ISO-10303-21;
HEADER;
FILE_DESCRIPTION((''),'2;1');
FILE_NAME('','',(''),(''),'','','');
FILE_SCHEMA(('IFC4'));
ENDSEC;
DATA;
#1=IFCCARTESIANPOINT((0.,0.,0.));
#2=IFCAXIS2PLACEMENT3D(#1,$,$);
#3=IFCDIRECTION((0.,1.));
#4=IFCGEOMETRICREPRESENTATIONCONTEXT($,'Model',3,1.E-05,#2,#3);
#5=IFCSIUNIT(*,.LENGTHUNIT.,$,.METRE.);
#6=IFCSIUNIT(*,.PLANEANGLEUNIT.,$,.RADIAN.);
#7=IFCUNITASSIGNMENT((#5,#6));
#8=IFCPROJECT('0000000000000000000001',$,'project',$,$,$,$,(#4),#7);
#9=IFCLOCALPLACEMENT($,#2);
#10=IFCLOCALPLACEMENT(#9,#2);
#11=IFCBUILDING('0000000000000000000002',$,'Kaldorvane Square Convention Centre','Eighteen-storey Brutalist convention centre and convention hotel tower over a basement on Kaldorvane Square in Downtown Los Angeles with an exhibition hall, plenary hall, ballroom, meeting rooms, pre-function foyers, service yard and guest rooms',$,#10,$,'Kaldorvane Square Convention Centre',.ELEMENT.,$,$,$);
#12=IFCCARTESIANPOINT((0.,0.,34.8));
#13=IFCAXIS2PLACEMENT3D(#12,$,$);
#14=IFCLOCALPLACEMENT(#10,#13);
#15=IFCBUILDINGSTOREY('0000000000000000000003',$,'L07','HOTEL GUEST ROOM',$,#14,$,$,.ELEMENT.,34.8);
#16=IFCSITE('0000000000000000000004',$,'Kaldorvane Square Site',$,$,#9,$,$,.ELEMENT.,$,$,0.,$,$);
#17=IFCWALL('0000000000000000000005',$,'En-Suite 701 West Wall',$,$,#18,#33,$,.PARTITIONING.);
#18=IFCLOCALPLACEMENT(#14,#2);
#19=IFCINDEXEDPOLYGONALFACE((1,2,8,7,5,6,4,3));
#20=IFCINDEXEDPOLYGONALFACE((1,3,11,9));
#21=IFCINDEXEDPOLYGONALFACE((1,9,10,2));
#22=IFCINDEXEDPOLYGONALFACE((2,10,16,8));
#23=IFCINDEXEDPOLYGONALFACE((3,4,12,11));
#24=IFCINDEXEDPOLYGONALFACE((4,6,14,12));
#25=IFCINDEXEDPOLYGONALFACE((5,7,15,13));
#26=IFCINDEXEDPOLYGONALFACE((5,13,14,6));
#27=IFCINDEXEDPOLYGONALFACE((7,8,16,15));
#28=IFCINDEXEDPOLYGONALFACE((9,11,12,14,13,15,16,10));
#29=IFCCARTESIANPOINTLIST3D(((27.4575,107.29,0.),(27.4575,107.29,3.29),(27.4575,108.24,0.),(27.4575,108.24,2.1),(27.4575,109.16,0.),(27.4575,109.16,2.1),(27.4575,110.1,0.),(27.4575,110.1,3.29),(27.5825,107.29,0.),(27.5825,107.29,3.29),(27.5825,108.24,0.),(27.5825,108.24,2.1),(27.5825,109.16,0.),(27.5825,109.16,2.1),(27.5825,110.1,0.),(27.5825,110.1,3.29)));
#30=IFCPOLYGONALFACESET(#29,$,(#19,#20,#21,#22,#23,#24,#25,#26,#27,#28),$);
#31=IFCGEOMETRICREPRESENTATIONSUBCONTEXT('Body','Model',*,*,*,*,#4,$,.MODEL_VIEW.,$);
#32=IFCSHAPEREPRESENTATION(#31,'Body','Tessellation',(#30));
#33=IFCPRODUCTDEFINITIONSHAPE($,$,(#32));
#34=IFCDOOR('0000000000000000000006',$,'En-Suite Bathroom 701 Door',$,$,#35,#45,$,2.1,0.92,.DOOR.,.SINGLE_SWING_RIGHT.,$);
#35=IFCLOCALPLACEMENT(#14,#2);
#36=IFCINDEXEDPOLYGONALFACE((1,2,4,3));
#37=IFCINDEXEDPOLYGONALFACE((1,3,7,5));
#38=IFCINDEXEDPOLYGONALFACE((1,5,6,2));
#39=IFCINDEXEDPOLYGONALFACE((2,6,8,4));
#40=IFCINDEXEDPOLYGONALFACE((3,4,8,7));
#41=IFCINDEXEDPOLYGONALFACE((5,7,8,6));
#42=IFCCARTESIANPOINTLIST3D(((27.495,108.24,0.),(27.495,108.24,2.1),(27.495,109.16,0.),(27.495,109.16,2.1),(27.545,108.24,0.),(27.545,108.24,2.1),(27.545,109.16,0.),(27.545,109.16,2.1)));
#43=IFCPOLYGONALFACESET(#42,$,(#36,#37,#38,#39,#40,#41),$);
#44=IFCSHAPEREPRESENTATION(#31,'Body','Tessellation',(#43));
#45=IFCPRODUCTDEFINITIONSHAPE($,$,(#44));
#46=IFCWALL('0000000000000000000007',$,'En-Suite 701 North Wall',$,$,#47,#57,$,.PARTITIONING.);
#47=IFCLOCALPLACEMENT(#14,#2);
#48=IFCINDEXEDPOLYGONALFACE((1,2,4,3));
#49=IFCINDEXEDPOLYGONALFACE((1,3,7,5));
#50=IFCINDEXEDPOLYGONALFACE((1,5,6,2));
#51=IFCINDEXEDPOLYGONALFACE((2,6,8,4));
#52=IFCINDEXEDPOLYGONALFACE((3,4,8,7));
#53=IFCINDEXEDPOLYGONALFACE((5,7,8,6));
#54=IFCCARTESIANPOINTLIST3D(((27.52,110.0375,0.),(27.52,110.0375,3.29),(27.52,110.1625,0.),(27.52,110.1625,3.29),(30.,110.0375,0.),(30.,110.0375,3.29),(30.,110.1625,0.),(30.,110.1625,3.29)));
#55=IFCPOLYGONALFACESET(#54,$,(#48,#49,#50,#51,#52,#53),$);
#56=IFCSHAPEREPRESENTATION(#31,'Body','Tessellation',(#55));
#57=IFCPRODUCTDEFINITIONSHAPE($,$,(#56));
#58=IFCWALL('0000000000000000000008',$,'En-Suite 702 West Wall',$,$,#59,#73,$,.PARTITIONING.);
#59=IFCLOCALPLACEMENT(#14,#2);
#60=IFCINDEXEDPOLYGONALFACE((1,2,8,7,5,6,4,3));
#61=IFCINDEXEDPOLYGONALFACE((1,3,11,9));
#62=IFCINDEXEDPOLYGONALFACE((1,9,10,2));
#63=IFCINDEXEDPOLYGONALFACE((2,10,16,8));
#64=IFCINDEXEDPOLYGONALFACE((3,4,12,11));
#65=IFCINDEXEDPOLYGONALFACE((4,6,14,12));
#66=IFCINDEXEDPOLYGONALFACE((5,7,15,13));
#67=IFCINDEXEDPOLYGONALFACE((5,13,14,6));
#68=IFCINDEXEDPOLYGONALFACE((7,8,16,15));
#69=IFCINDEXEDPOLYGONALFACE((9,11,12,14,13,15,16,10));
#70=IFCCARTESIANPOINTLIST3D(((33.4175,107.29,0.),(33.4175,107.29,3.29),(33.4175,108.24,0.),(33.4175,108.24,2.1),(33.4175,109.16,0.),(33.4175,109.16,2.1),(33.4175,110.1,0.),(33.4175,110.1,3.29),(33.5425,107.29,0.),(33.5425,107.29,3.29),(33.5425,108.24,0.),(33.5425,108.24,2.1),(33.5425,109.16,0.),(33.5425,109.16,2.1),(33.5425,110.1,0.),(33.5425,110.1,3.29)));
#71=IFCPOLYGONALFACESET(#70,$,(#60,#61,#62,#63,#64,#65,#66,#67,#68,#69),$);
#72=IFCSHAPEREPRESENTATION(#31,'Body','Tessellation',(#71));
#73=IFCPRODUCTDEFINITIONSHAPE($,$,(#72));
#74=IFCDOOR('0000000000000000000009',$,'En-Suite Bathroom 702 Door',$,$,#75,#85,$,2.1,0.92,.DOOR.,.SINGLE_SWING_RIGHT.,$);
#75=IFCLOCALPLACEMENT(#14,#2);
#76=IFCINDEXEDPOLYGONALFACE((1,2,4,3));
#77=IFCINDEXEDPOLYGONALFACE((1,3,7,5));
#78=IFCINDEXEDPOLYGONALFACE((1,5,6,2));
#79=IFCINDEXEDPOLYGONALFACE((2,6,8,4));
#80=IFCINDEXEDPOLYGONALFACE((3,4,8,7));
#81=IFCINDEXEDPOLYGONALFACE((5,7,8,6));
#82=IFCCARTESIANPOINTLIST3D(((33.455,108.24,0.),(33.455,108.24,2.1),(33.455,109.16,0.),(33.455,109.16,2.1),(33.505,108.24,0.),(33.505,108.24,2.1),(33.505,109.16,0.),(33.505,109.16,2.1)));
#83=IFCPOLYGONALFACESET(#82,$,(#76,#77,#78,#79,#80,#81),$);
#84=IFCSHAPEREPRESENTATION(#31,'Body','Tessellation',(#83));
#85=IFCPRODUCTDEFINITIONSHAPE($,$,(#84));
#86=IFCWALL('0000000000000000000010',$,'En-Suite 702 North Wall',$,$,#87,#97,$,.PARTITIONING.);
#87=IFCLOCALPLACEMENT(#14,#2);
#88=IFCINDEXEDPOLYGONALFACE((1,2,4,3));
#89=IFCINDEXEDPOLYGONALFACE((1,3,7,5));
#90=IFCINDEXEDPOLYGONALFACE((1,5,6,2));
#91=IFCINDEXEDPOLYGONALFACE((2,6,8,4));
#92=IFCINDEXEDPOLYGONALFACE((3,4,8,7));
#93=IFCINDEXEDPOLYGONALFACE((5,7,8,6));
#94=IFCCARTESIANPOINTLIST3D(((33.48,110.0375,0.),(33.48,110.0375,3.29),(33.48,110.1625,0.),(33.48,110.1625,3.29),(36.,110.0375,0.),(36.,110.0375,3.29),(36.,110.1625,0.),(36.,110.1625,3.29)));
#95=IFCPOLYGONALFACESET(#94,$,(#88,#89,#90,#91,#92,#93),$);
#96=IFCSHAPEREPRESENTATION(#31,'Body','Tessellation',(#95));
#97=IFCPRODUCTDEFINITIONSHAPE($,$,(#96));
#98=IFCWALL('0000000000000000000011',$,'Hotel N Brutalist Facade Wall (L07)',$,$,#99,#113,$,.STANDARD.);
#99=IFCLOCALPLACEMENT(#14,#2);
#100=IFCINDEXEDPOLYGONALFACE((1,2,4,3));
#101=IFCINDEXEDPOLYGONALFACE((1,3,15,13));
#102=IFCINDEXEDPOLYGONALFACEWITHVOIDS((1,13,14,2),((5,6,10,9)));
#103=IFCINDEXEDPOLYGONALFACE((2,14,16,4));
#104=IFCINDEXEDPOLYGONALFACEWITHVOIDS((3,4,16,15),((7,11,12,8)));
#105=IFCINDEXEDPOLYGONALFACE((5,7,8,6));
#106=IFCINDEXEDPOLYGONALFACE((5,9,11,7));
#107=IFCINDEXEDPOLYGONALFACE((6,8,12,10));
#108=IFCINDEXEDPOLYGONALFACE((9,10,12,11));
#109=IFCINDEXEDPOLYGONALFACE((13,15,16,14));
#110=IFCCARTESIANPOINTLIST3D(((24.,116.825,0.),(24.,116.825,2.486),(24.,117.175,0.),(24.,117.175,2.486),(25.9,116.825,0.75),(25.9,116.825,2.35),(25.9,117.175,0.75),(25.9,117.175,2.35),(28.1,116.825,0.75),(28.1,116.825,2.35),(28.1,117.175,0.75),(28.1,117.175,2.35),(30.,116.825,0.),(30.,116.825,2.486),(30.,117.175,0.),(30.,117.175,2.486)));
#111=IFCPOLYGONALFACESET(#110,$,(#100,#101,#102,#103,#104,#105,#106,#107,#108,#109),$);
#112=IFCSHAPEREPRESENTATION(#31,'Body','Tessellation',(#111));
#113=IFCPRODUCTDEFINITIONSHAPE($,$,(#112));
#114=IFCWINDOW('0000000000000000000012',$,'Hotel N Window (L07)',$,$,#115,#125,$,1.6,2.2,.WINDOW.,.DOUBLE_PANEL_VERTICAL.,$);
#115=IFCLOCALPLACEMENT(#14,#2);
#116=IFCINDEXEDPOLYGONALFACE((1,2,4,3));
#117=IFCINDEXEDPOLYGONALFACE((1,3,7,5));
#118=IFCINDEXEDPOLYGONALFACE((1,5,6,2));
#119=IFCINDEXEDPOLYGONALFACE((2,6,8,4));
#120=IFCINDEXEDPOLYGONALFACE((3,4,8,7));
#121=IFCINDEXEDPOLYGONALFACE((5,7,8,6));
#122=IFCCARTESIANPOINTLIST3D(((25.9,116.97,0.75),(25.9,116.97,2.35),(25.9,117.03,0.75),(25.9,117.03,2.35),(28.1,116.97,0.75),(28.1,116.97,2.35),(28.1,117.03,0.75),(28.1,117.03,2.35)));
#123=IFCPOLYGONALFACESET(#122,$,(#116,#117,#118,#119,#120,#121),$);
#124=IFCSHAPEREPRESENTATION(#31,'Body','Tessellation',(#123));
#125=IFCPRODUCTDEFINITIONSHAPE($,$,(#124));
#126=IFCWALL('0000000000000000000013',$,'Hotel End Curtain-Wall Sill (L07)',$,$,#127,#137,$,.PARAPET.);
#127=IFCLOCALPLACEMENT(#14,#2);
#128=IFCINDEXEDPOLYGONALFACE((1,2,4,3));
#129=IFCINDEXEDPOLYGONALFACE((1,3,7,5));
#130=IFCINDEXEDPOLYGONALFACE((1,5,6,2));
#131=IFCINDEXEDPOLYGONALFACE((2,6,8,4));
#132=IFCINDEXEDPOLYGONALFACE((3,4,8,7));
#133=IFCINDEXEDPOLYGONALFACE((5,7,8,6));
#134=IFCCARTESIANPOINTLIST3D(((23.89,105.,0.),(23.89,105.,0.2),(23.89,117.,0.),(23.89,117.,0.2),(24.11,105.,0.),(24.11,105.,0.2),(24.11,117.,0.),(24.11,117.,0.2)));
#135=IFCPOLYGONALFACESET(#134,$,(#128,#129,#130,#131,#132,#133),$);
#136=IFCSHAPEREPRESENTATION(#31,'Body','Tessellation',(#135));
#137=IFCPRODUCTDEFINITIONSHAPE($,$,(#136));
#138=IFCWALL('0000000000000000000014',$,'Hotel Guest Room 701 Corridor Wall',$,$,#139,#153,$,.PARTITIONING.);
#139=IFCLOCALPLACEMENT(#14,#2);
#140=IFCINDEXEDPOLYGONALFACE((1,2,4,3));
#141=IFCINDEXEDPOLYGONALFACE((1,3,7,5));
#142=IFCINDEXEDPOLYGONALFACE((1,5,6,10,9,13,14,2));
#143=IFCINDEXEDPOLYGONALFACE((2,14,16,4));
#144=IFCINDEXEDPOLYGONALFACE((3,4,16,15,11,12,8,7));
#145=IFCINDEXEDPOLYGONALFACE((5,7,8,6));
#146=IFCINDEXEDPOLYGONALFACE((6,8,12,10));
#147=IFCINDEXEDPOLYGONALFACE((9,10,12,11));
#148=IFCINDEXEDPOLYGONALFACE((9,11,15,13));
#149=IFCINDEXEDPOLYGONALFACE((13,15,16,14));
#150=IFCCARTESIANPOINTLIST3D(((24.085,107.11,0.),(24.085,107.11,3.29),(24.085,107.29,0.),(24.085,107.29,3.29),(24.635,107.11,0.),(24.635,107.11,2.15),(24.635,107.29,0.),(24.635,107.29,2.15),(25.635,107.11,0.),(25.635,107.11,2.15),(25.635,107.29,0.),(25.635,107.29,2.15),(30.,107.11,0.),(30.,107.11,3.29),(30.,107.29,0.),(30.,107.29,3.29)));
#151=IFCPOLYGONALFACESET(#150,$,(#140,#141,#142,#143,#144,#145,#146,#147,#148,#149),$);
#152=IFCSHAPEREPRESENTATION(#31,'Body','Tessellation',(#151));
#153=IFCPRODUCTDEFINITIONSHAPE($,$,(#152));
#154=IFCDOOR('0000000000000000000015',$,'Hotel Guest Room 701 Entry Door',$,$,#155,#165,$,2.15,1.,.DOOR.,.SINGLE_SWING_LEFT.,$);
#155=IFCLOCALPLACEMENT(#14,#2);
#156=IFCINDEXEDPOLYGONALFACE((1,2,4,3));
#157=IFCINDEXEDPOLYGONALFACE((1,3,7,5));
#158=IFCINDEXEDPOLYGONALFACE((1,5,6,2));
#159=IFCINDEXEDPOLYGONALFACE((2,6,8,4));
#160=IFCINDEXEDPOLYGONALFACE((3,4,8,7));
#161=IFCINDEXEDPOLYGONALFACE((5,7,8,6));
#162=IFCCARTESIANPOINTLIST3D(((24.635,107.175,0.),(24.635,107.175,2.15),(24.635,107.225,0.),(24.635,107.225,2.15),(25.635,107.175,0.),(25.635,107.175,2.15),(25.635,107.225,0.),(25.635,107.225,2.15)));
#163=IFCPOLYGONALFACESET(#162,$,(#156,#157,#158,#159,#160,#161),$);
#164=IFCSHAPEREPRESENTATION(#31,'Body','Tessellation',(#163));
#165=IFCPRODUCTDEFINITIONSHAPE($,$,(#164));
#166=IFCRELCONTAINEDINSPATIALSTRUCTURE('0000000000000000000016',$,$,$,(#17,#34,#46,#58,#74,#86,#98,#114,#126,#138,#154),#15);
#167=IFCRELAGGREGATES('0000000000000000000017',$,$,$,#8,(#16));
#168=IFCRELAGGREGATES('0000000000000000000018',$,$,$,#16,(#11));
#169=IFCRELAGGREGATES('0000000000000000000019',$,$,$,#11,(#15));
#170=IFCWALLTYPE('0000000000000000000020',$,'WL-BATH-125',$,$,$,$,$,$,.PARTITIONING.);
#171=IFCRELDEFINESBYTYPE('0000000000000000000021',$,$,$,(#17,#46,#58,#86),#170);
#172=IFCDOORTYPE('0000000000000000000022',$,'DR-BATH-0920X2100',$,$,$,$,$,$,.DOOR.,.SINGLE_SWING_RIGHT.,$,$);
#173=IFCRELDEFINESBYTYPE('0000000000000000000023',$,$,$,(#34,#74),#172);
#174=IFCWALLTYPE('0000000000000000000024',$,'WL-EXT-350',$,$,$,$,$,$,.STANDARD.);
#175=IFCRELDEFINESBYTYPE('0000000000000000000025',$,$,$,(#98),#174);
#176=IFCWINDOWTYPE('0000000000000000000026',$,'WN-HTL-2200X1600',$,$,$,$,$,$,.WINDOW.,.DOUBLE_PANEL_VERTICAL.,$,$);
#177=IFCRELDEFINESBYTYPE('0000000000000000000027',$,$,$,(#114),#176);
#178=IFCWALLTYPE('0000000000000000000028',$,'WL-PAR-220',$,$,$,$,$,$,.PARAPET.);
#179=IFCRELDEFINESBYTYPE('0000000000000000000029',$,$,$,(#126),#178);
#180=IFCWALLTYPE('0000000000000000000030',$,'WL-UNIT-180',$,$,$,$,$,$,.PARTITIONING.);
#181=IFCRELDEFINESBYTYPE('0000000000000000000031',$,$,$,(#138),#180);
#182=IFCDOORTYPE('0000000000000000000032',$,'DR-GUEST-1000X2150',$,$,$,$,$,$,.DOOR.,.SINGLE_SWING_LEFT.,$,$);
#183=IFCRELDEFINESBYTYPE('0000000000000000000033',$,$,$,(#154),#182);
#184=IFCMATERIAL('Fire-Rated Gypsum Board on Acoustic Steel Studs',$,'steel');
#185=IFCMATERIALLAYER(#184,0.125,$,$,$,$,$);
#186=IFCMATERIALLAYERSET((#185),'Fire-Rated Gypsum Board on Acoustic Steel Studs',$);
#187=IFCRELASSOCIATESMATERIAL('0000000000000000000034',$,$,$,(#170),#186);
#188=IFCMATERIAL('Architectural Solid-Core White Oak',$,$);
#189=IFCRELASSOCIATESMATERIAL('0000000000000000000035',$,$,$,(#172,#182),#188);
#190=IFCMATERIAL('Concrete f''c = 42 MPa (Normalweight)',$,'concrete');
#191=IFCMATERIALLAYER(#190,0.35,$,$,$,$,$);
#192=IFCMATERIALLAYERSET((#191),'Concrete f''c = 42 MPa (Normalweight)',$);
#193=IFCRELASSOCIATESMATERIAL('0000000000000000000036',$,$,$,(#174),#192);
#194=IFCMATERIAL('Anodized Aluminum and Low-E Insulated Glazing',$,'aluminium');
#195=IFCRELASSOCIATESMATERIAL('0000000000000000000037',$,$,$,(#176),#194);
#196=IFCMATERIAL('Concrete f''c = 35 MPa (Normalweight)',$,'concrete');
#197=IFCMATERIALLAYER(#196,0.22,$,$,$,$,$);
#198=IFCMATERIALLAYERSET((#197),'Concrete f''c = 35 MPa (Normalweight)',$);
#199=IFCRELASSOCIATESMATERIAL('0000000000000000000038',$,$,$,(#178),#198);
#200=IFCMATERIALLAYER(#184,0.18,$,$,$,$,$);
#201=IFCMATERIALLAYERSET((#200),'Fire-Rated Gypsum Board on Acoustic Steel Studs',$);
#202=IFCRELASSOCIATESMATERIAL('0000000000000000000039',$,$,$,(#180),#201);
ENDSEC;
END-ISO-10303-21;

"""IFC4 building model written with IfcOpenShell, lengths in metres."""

from ifc_helpers import new_model, si_unit, direction, frame, frame_2d, origin, place, context, subcontext, project, spatial, rectangle, extrude, material, layer, layer_set, type_object, element, fill, save


model = new_model("IFC4")

# Units and contexts
model_context = context("Model", 3, precision=1e-05, world=origin(), true_north=direction((0.0, 1.0)))
body_context = subcontext(model_context, "Body", "Model", "MODEL_VIEW")
ifc_project = project(units=[si_unit("LENGTHUNIT", "METRE"), si_unit("PLANEANGLEUNIT", "RADIAN")], contexts=[model_context])

# Site, building, storey
site_placement = place(None, origin())
site = spatial("IfcSite", under=ifc_project, at=site_placement, Name="Kaldorvane Square Site", CompositionType="ELEMENT", RefElevation=0.0)
building_placement = place(site_placement, origin())
building = spatial("IfcBuilding", under=site, at=building_placement, Name="Kaldorvane Square Convention Centre", Description="Eighteen-storey Brutalist convention centre and convention hotel tower over a basement on Kaldorvane Square in Downtown Los Angeles with an exhibition hall, plenary hall, ballroom, meeting rooms, pre-function foyers, service yard and guest rooms", LongName="Kaldorvane Square Convention Centre", CompositionType="ELEMENT")
storey_placement = place(building_placement, frame((0.0, 0.0, 34.8)))
storey = spatial("IfcBuildingStorey", under=building, at=storey_placement, Name="L07", Description="HOTEL GUEST ROOM", CompositionType="ELEMENT", Elevation=34.8)

# Shared definitions
ifc_material_1 = material(Name="Concrete f'c = 42 MPa (Normalweight)", Category="concrete")

# Wall, opening, door
ifc_material_2 = material(Name="Fire-Rated Gypsum Board on Acoustic Steel Studs", Category="steel")
ifc_layer_1 = layer(ifc_material_2, 0.125)
ifc_layer_set_1 = layer_set([ifc_layer_1], Name="Fire-Rated Gypsum Board on Acoustic Steel Studs")
wall_type_1 = type_object("IfcWallType", Name="WL-BATH-125", PredefinedType="PARTITIONING", material=ifc_layer_set_1)
wall_1_placement = place(storey_placement, frame((27.52, 107.29, 0.0), z_axis=(0.0, 0.0, 1.0), x_axis=(0.0, 1.0, 0.0)))
wall_1 = element("IfcWall", 1, at=wall_1_placement, inside=storey, type_object=wall_type_1, Name="En-Suite 701 West Wall", PredefinedType="PARTITIONING", context=body_context, shape_type="SweptSolid", body=[
    extrude(rectangle(XDim=2.81, YDim=0.125, at=frame_2d((1.405, 0.0))), origin(), (0.0, 0.0, 1.0), 3.29),
])
opening_1_placement = place(wall_1_placement, frame((0.95, 0.0, 0.0)))
opening_1 = element("IfcOpeningElement", 2, at=opening_1_placement, cuts=wall_1, PredefinedType="OPENING", context=body_context, shape_type="SweptSolid", body=[
    extrude(rectangle(XDim=0.92, YDim=2.1, at=frame_2d((0.46, 1.05))), frame((0.0, 0.0775, 0.0), z_axis=(0.0, -1.0, 0.0), x_axis=(1.0, 0.0, 0.0)), (0.0, 0.0, 1.0), 0.155),
])
ifc_material_3 = material(Name="Architectural Solid-Core White Oak")
door_type_1 = type_object("IfcDoorType", Name="DR-BATH-0920X2100", OperationType="SINGLE_SWING_RIGHT", PredefinedType="DOOR", material=ifc_material_3)
door_1_placement = place(opening_1_placement, origin())
door_1 = element("IfcDoor", 3, at=door_1_placement, inside=storey, type_object=door_type_1, Name="En-Suite Bathroom 701 Door", OperationType="SINGLE_SWING_RIGHT", OverallHeight=2.1, OverallWidth=0.92, PredefinedType="DOOR", context=body_context, shape_type="SweptSolid", body=[
    extrude(rectangle(XDim=0.92, YDim=2.1, at=frame_2d((0.46, 1.05))), frame((0.0, 0.025, 0.0), z_axis=(0.0, -1.0, 0.0), x_axis=(1.0, 0.0, 0.0)), (0.0, 0.0, 1.0), 0.05),
])
fill(opening_1, door_1)

# Wall
wall_2_placement = place(storey_placement, frame((27.52, 110.1, 0.0), z_axis=(0.0, 0.0, 1.0), x_axis=(1.0, 0.0, 0.0)))
element("IfcWall", 4, at=wall_2_placement, inside=storey, type_object=wall_type_1, Name="En-Suite 701 North Wall", PredefinedType="PARTITIONING", context=body_context, shape_type="SweptSolid", body=[
    extrude(rectangle(XDim=2.48, YDim=0.125, at=frame_2d((1.24, 0.0))), origin(), (0.0, 0.0, 1.0), 3.29),
])

# Wall, opening, door
wall_3_placement = place(storey_placement, frame((33.48, 107.29, 0.0), z_axis=(0.0, 0.0, 1.0), x_axis=(0.0, 1.0, 0.0)))
wall_3 = element("IfcWall", 5, at=wall_3_placement, inside=storey, type_object=wall_type_1, Name="En-Suite 702 West Wall", PredefinedType="PARTITIONING", context=body_context, shape_type="SweptSolid", body=[
    extrude(rectangle(XDim=2.81, YDim=0.125, at=frame_2d((1.405, 0.0))), origin(), (0.0, 0.0, 1.0), 3.29),
])
opening_2_placement = place(wall_3_placement, frame((0.95, 0.0, 0.0)))
opening_2 = element("IfcOpeningElement", 6, at=opening_2_placement, cuts=wall_3, PredefinedType="OPENING", context=body_context, shape_type="SweptSolid", body=[
    extrude(rectangle(XDim=0.92, YDim=2.1, at=frame_2d((0.46, 1.05))), frame((0.0, 0.0775, 0.0), z_axis=(0.0, -1.0, 0.0), x_axis=(1.0, 0.0, 0.0)), (0.0, 0.0, 1.0), 0.155),
])
door_2_placement = place(opening_2_placement, origin())
door_2 = element("IfcDoor", 7, at=door_2_placement, inside=storey, type_object=door_type_1, Name="En-Suite Bathroom 702 Door", OperationType="SINGLE_SWING_RIGHT", OverallHeight=2.1, OverallWidth=0.92, PredefinedType="DOOR", context=body_context, shape_type="SweptSolid", body=[
    extrude(rectangle(XDim=0.92, YDim=2.1, at=frame_2d((0.46, 1.05))), frame((0.0, 0.025, 0.0), z_axis=(0.0, -1.0, 0.0), x_axis=(1.0, 0.0, 0.0)), (0.0, 0.0, 1.0), 0.05),
])
fill(opening_2, door_2)

# Wall
wall_4_placement = place(storey_placement, frame((33.48, 110.1, 0.0), z_axis=(0.0, 0.0, 1.0), x_axis=(1.0, 0.0, 0.0)))
element("IfcWall", 8, at=wall_4_placement, inside=storey, type_object=wall_type_1, Name="En-Suite 702 North Wall", PredefinedType="PARTITIONING", context=body_context, shape_type="SweptSolid", body=[
    extrude(rectangle(XDim=2.52, YDim=0.125, at=frame_2d((1.26, 0.0))), origin(), (0.0, 0.0, 1.0), 3.29),
])

# Wall, opening, window
ifc_layer_2 = layer(ifc_material_1, 0.35)
ifc_layer_set_2 = layer_set([ifc_layer_2], Name="Concrete f'c = 42 MPa (Normalweight)")
wall_type_2 = type_object("IfcWallType", Name="WL-EXT-350", PredefinedType="STANDARD", material=ifc_layer_set_2)
wall_5_placement = place(storey_placement, frame((30.0, 117.0, 0.0), z_axis=(0.0, 0.0, 1.0), x_axis=(-1.0, 0.0, 0.0)))
wall_5 = element("IfcWall", 9, at=wall_5_placement, inside=storey, type_object=wall_type_2, Name="Hotel N Brutalist Facade Wall (L07)", PredefinedType="STANDARD", context=body_context, shape_type="SweptSolid", body=[
    extrude(rectangle(XDim=6.0, YDim=0.35, at=frame_2d((3.0, 0.0))), origin(), (0.0, 0.0, 1.0), 2.486),
])
opening_3_placement = place(wall_5_placement, frame((1.9, 0.0, 0.75)))
opening_3 = element("IfcOpeningElement", 10, at=opening_3_placement, cuts=wall_5, PredefinedType="OPENING", context=body_context, shape_type="SweptSolid", body=[
    extrude(rectangle(XDim=2.2, YDim=1.6, at=frame_2d((1.1, 0.8))), frame((0.0, 0.19, 0.0), z_axis=(0.0, -1.0, 0.0), x_axis=(1.0, 0.0, 0.0)), (0.0, 0.0, 1.0), 0.38),
])
ifc_material_4 = material(Name="Anodized Aluminum and Low-E Insulated Glazing", Category="aluminium")
window_type = type_object("IfcWindowType", Name="WN-HTL-2200X1600", PartitioningType="DOUBLE_PANEL_VERTICAL", PredefinedType="WINDOW", material=ifc_material_4)
window_placement = place(opening_3_placement, origin())
window = element("IfcWindow", 11, at=window_placement, inside=storey, type_object=window_type, Name="Hotel N Window (L07)", OverallHeight=1.6, OverallWidth=2.2, PartitioningType="DOUBLE_PANEL_VERTICAL", PredefinedType="WINDOW", context=body_context, shape_type="SweptSolid", body=[
    extrude(rectangle(XDim=2.2, YDim=1.6, at=frame_2d((1.1, 0.8))), frame((0.0, 0.03, 0.0), z_axis=(0.0, -1.0, 0.0), x_axis=(1.0, 0.0, 0.0)), (0.0, 0.0, 1.0), 0.06),
])
fill(opening_3, window)

# Wall
ifc_material_5 = material(Name="Concrete f'c = 35 MPa (Normalweight)", Category="concrete")
ifc_layer_3 = layer(ifc_material_5, 0.22)
ifc_layer_set_3 = layer_set([ifc_layer_3], Name="Concrete f'c = 35 MPa (Normalweight)")
wall_type_3 = type_object("IfcWallType", Name="WL-PAR-220", PredefinedType="PARAPET", material=ifc_layer_set_3)
wall_6_placement = place(storey_placement, frame((24.0, 117.0, 0.0), z_axis=(0.0, 0.0, 1.0), x_axis=(0.0, -1.0, 0.0)))
element("IfcWall", 12, at=wall_6_placement, inside=storey, type_object=wall_type_3, Name="Hotel End Curtain-Wall Sill (L07)", PredefinedType="PARAPET", context=body_context, shape_type="SweptSolid", body=[
    extrude(rectangle(XDim=12.0, YDim=0.22, at=frame_2d((6.0, 0.0))), origin(), (0.0, 0.0, 1.0), 0.2),
])

# Wall, opening, door
ifc_layer_4 = layer(ifc_material_2, 0.18)
ifc_layer_set_4 = layer_set([ifc_layer_4], Name="Fire-Rated Gypsum Board on Acoustic Steel Studs")
wall_type_4 = type_object("IfcWallType", Name="WL-UNIT-180", PredefinedType="PARTITIONING", material=ifc_layer_set_4)
wall_7_placement = place(storey_placement, frame((24.085, 107.2, 0.0), z_axis=(0.0, 0.0, 1.0), x_axis=(1.0, 0.0, 0.0)))
wall_7 = element("IfcWall", 13, at=wall_7_placement, inside=storey, type_object=wall_type_4, Name="Hotel Guest Room 701 Corridor Wall", PredefinedType="PARTITIONING", context=body_context, shape_type="SweptSolid", body=[
    extrude(rectangle(XDim=5.915, YDim=0.18, at=frame_2d((2.9575, 0.0))), origin(), (0.0, 0.0, 1.0), 3.29),
])
opening_4_placement = place(wall_7_placement, frame((0.55, 0.0, 0.0)))
opening_4 = element("IfcOpeningElement", 14, at=opening_4_placement, cuts=wall_7, PredefinedType="OPENING", context=body_context, shape_type="SweptSolid", body=[
    extrude(rectangle(XDim=1.0, YDim=2.15, at=frame_2d((0.5, 1.075))), frame((0.0, 0.105, 0.0), z_axis=(0.0, -1.0, 0.0), x_axis=(1.0, 0.0, 0.0)), (0.0, 0.0, 1.0), 0.21),
])
door_type_2 = type_object("IfcDoorType", Name="DR-GUEST-1000X2150", OperationType="SINGLE_SWING_LEFT", PredefinedType="DOOR", material=ifc_material_3)
door_3_placement = place(opening_4_placement, origin())
door_3 = element("IfcDoor", 15, at=door_3_placement, inside=storey, type_object=door_type_2, Name="Hotel Guest Room 701 Entry Door", OperationType="SINGLE_SWING_LEFT", OverallHeight=2.15, OverallWidth=1.0, PredefinedType="DOOR", context=body_context, shape_type="SweptSolid", body=[
    extrude(rectangle(XDim=1.0, YDim=2.15, at=frame_2d((0.5, 1.075))), frame((0.0, 0.025, 0.0), z_axis=(0.0, -1.0, 0.0), x_axis=(1.0, 0.0, 0.0)), (0.0, 0.0, 1.0), 0.05),
])
fill(opening_4, door_3)

save(model, "model.ifc")
